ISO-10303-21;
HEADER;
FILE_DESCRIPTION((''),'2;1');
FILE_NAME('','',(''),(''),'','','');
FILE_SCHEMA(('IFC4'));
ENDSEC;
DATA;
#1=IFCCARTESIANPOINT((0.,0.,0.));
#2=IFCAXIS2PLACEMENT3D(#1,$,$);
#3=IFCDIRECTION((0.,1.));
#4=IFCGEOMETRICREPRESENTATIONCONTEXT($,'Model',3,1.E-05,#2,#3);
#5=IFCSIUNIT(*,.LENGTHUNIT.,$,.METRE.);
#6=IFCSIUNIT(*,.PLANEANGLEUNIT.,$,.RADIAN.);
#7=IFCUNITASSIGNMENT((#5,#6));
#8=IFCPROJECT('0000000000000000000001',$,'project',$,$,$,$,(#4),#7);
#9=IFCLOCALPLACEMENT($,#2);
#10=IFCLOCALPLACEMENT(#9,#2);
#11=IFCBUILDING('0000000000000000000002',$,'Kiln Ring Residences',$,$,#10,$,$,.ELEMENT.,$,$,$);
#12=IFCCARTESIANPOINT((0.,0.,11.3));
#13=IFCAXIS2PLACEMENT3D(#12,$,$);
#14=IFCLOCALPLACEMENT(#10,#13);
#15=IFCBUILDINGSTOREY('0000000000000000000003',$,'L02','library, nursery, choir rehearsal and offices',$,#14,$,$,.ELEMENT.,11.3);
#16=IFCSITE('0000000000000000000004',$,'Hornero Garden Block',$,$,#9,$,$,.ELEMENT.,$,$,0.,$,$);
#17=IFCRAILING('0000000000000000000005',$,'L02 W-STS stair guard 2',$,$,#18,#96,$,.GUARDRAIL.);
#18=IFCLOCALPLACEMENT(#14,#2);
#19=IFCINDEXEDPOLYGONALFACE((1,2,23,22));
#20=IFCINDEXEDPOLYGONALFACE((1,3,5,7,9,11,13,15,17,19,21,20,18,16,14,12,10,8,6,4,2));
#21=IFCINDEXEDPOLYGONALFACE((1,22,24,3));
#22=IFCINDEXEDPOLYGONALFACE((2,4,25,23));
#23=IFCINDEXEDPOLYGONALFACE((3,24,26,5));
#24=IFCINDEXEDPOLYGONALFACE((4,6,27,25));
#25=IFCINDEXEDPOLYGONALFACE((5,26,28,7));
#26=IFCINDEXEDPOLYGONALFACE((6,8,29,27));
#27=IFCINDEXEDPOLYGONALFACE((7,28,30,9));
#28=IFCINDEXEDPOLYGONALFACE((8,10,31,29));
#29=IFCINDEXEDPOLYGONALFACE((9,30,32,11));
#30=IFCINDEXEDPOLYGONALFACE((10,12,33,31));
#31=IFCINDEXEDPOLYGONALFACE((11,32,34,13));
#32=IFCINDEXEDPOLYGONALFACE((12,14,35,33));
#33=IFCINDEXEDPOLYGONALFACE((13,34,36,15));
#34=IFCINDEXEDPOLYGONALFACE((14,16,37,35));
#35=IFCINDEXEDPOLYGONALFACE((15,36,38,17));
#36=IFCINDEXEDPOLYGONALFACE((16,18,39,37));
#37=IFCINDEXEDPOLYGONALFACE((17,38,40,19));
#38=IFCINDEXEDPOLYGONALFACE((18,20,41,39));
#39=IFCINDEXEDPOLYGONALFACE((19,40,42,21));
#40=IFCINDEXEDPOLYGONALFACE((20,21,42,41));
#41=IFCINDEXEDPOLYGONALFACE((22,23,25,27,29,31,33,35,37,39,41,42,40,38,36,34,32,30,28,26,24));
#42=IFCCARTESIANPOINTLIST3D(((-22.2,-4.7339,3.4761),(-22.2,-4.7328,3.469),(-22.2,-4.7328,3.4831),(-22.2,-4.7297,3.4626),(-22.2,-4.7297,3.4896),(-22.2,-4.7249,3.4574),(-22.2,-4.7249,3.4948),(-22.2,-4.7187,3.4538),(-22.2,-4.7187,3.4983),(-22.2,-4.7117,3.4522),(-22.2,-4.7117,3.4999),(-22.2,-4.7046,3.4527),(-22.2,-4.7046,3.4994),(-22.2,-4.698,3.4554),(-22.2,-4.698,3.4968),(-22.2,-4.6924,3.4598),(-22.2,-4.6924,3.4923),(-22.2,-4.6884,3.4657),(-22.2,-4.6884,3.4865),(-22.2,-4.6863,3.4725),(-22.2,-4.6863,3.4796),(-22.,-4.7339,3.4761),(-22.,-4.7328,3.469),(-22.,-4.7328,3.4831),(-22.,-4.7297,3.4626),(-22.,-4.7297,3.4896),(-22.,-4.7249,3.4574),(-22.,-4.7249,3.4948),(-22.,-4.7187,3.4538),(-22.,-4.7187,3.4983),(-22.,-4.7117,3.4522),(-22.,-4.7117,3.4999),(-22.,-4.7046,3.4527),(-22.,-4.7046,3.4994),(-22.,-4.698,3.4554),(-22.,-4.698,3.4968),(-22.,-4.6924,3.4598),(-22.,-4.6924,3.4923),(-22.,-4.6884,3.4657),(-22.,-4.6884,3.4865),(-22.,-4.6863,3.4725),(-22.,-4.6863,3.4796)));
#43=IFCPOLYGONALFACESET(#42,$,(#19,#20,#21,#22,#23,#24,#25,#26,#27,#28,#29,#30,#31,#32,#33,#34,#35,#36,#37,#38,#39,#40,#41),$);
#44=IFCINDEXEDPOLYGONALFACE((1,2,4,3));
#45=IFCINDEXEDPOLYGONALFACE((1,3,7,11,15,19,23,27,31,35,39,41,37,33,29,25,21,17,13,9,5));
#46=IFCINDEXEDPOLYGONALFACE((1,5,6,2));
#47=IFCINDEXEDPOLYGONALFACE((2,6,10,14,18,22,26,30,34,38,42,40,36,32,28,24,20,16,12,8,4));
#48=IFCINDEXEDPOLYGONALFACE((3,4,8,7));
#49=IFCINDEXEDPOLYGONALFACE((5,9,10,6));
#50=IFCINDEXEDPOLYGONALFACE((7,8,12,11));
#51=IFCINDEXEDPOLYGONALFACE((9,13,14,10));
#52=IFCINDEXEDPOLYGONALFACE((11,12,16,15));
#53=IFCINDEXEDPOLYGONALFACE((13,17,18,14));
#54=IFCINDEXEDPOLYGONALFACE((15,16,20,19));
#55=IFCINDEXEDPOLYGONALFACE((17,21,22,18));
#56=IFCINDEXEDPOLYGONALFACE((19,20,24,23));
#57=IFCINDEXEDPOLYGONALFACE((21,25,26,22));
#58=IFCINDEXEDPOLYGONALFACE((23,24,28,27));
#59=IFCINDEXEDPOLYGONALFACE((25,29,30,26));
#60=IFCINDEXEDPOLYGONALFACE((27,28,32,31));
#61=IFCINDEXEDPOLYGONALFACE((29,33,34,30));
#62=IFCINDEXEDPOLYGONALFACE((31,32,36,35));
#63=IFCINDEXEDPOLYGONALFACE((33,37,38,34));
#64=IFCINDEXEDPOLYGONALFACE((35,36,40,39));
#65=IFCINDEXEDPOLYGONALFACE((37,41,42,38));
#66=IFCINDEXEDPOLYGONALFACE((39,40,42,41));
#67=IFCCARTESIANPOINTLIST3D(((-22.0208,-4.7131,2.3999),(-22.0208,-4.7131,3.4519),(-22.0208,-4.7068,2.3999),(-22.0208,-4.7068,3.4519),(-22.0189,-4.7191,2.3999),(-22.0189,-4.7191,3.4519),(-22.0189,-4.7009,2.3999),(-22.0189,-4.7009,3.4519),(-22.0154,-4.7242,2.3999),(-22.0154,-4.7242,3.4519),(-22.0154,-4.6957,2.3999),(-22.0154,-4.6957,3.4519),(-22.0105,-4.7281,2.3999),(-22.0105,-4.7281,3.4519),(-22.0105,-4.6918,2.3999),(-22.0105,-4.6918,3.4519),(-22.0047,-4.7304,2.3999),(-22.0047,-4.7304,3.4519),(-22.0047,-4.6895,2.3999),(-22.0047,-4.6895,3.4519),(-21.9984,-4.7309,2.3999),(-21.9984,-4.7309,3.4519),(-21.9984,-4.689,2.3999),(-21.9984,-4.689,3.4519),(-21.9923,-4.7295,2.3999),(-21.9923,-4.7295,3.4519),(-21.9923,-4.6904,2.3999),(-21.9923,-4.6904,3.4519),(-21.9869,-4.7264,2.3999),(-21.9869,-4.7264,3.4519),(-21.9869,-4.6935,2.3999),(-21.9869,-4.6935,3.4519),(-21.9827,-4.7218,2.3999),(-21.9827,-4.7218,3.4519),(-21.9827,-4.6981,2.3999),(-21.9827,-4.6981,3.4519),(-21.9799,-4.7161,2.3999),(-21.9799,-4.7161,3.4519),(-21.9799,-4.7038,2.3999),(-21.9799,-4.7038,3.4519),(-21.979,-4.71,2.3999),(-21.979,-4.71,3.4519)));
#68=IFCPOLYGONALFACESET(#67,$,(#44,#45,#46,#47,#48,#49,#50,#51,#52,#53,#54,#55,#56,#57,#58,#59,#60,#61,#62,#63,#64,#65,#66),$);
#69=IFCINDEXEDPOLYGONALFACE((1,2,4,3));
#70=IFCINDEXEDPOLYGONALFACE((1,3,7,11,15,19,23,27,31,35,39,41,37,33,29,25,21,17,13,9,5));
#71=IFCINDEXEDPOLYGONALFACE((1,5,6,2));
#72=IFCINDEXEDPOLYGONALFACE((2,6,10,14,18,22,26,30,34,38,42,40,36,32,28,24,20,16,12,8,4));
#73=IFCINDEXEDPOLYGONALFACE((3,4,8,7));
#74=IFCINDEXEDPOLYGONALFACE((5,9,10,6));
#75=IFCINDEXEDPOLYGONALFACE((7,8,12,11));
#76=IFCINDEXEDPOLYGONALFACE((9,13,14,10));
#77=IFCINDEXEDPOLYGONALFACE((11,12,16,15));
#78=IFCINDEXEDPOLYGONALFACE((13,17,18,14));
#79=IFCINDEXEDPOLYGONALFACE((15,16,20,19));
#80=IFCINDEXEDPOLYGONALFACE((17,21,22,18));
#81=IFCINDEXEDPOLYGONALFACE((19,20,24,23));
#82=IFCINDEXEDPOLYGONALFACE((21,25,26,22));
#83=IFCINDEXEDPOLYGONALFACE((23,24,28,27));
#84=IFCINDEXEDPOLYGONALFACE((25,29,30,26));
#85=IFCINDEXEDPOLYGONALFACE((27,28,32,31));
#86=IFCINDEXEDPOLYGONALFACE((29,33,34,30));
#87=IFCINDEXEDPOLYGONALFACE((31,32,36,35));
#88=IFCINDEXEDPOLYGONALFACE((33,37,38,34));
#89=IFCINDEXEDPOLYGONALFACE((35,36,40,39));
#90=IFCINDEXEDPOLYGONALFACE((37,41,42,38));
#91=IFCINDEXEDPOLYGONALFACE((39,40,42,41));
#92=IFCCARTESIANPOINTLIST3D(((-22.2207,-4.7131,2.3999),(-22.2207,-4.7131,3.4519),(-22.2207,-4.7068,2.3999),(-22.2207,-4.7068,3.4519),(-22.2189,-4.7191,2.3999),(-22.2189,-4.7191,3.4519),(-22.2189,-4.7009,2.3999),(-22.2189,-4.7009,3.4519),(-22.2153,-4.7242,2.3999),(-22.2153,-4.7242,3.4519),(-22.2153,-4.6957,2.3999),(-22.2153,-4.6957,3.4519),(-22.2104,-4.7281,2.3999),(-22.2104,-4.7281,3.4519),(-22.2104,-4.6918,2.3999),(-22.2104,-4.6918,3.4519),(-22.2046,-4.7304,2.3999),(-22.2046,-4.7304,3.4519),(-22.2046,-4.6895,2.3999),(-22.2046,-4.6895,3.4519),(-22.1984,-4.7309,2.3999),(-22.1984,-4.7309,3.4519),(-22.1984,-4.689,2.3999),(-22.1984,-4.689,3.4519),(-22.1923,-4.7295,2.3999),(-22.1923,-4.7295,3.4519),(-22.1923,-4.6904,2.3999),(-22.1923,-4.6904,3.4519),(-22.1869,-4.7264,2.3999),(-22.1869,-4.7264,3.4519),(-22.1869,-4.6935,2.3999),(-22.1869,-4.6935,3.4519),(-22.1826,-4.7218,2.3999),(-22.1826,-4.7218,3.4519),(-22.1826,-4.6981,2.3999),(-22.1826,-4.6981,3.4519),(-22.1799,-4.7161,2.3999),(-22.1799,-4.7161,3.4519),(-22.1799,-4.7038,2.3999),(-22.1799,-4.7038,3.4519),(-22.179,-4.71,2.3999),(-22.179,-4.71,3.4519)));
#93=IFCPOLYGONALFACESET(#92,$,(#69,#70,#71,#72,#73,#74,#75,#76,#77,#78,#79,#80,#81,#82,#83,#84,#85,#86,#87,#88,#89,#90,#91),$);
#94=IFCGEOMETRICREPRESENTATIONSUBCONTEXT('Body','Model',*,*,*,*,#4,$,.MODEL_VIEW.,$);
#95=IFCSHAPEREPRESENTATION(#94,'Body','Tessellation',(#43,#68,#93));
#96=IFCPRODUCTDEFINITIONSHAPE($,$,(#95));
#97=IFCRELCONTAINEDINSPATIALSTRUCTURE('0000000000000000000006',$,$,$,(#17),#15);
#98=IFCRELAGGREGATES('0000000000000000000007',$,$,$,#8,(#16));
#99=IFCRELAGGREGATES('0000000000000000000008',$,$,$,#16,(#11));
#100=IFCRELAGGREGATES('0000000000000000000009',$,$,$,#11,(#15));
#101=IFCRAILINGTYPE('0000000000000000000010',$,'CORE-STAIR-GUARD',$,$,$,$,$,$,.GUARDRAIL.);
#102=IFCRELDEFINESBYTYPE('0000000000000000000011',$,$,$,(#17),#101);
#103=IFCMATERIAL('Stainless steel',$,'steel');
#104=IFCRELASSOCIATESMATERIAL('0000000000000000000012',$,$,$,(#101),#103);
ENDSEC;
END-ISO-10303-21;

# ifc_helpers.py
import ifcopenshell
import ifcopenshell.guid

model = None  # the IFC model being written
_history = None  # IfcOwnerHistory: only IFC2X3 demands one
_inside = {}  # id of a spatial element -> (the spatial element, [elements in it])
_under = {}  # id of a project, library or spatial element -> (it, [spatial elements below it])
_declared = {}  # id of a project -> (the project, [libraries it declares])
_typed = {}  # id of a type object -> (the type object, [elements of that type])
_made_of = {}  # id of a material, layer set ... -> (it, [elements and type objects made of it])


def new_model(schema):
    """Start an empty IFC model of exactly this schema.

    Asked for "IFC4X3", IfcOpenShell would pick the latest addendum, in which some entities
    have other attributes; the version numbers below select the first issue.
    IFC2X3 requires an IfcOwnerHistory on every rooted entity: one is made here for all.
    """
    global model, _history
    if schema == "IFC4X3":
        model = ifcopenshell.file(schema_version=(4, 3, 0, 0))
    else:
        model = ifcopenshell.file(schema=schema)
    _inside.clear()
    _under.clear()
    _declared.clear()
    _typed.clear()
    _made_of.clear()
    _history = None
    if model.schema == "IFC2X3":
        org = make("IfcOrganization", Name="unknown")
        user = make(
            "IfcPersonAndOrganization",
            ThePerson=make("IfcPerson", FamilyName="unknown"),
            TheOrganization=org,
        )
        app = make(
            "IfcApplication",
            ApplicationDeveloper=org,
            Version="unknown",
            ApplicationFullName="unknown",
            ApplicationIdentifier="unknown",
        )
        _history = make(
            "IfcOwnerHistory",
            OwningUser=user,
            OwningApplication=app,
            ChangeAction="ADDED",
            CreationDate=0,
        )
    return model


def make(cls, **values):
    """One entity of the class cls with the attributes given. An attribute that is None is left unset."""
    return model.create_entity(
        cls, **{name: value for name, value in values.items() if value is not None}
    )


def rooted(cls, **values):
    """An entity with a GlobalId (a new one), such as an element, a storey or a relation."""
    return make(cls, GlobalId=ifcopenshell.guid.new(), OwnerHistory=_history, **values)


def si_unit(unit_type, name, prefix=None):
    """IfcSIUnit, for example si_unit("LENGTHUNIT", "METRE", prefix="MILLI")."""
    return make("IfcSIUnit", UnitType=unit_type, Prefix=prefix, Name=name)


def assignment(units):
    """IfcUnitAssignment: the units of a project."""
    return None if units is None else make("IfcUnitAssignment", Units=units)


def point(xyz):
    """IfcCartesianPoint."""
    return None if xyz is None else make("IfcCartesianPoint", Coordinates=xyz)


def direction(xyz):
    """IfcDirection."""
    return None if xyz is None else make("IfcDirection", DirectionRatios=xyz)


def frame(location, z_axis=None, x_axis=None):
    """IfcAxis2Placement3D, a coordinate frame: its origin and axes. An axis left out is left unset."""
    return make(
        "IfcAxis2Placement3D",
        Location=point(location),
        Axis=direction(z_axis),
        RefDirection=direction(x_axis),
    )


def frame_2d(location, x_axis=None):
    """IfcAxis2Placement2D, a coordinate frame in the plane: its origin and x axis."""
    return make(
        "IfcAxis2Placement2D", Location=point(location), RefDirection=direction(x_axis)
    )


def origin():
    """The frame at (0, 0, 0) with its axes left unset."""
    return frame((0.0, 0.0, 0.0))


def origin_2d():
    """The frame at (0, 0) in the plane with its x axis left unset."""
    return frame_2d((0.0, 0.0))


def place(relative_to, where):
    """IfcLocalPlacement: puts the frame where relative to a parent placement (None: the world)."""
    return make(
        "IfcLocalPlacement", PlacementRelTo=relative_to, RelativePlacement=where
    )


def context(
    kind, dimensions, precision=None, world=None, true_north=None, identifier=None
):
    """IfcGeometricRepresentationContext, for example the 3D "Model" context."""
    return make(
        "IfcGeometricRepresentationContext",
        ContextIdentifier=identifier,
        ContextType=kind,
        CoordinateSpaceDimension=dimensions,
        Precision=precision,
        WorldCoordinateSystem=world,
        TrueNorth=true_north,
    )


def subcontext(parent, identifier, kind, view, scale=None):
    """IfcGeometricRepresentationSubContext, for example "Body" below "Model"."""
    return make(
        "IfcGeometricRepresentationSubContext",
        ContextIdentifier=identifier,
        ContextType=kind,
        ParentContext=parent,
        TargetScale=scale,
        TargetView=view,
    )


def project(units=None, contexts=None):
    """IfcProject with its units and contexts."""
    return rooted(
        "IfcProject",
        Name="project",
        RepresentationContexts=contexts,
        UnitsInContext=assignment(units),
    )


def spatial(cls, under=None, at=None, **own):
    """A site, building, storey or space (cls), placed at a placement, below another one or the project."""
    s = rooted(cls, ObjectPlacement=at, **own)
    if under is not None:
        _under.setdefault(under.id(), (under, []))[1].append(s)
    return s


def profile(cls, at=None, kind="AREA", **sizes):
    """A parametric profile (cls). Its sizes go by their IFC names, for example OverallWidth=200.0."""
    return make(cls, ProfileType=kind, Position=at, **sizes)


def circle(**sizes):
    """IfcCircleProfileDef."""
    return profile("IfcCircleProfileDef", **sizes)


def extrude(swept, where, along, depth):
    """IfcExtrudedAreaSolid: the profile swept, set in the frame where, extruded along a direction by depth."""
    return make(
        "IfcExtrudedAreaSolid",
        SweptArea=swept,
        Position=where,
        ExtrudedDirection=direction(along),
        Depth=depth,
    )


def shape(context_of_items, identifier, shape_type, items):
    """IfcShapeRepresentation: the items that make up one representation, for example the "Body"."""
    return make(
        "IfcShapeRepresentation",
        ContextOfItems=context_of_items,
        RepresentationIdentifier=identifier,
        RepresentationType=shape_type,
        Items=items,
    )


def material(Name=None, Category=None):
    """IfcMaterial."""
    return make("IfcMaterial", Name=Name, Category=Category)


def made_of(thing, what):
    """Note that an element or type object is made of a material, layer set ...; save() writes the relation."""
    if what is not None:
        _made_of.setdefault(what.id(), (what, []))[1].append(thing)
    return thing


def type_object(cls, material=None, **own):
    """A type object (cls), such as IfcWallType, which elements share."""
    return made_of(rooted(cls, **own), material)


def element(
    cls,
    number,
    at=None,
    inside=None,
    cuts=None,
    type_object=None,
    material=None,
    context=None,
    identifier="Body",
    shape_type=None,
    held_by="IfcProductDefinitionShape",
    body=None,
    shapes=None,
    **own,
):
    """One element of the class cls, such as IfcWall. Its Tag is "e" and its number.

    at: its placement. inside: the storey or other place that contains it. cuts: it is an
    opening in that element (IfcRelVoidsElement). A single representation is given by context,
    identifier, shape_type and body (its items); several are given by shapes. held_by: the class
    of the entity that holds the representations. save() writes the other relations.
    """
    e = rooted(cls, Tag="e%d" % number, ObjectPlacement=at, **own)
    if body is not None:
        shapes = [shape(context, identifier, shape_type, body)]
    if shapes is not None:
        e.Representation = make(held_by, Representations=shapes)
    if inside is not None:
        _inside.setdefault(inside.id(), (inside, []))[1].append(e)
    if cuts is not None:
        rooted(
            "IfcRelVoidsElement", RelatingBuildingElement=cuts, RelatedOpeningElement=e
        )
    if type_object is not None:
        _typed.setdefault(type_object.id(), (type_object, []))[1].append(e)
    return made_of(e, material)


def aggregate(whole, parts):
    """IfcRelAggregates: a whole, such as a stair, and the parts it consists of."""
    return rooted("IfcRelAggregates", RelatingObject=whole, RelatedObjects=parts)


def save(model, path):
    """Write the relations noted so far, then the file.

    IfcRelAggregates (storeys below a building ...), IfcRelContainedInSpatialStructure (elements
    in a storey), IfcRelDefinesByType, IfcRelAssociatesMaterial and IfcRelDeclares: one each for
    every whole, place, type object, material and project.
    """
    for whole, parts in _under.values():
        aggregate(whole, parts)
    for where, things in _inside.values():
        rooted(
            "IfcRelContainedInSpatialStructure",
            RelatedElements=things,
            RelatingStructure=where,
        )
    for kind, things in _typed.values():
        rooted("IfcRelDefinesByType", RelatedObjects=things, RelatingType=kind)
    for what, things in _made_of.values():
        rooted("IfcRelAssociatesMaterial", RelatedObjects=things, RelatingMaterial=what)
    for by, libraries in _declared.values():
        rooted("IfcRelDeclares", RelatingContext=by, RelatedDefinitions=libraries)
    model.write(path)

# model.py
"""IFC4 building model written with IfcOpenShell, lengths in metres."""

from ifc_helpers import new_model, si_unit, direction, frame, origin, origin_2d, place, context, subcontext, project, spatial, circle, extrude, material, type_object, element, save


model = new_model("IFC4")

# Units and contexts
model_context = context("Model", 3, precision=1e-05, world=origin(), true_north=direction((0.0, 1.0)))
body_context = subcontext(model_context, "Body", "Model", "MODEL_VIEW")
ifc_project = project(units=[si_unit("LENGTHUNIT", "METRE"), si_unit("PLANEANGLEUNIT", "RADIAN")], contexts=[model_context])

# Site, building, storey
site_placement = place(None, origin())
site = spatial("IfcSite", under=ifc_project, at=site_placement, Name="Hornero Garden Block", CompositionType="ELEMENT", RefElevation=0.0)
building_placement = place(site_placement, origin())
building = spatial("IfcBuilding", under=site, at=building_placement, Name="Kiln Ring Residences", CompositionType="ELEMENT")
storey_placement = place(building_placement, frame((0.0, 0.0, 11.3)))
storey = spatial("IfcBuildingStorey", under=building, at=storey_placement, Name="L02", Description="library, nursery, choir rehearsal and offices", CompositionType="ELEMENT", Elevation=11.3)

# Railing
ifc_material_1 = material(Name="Stainless steel", Category="steel")
railing_type_1 = type_object("IfcRailingType", Name="CORE-STAIR-GUARD", PredefinedType="GUARDRAIL", material=ifc_material_1)
railing_1_placement = place(storey_placement, frame((-22.0, -4.71, 2.3999)))
element("IfcRailing", 1, at=railing_1_placement, inside=storey, type_object=railing_type_1, Name="L02 W-STS stair guard 2", PredefinedType="GUARDRAIL", context=body_context, shape_type="SweptSolid", body=[
    extrude(circle(Radius=0.0239, at=origin_2d()), frame((0.0, 0.0, 1.0762), z_axis=(-1.0, 0.0, 0.0), x_axis=(0.0, -1.0, 0.0)), (0.0, 0.0, 1.0), 0.2),
    extrude(circle(Radius=0.021, at=origin_2d()), origin(), (0.0, 0.0, 1.0), 1.052),
    extrude(circle(Radius=0.021, at=origin_2d()), frame((-0.2, 0.0, 0.0)), (0.0, 0.0, 1.0), 1.052),
])

save(model, "model.ifc")
